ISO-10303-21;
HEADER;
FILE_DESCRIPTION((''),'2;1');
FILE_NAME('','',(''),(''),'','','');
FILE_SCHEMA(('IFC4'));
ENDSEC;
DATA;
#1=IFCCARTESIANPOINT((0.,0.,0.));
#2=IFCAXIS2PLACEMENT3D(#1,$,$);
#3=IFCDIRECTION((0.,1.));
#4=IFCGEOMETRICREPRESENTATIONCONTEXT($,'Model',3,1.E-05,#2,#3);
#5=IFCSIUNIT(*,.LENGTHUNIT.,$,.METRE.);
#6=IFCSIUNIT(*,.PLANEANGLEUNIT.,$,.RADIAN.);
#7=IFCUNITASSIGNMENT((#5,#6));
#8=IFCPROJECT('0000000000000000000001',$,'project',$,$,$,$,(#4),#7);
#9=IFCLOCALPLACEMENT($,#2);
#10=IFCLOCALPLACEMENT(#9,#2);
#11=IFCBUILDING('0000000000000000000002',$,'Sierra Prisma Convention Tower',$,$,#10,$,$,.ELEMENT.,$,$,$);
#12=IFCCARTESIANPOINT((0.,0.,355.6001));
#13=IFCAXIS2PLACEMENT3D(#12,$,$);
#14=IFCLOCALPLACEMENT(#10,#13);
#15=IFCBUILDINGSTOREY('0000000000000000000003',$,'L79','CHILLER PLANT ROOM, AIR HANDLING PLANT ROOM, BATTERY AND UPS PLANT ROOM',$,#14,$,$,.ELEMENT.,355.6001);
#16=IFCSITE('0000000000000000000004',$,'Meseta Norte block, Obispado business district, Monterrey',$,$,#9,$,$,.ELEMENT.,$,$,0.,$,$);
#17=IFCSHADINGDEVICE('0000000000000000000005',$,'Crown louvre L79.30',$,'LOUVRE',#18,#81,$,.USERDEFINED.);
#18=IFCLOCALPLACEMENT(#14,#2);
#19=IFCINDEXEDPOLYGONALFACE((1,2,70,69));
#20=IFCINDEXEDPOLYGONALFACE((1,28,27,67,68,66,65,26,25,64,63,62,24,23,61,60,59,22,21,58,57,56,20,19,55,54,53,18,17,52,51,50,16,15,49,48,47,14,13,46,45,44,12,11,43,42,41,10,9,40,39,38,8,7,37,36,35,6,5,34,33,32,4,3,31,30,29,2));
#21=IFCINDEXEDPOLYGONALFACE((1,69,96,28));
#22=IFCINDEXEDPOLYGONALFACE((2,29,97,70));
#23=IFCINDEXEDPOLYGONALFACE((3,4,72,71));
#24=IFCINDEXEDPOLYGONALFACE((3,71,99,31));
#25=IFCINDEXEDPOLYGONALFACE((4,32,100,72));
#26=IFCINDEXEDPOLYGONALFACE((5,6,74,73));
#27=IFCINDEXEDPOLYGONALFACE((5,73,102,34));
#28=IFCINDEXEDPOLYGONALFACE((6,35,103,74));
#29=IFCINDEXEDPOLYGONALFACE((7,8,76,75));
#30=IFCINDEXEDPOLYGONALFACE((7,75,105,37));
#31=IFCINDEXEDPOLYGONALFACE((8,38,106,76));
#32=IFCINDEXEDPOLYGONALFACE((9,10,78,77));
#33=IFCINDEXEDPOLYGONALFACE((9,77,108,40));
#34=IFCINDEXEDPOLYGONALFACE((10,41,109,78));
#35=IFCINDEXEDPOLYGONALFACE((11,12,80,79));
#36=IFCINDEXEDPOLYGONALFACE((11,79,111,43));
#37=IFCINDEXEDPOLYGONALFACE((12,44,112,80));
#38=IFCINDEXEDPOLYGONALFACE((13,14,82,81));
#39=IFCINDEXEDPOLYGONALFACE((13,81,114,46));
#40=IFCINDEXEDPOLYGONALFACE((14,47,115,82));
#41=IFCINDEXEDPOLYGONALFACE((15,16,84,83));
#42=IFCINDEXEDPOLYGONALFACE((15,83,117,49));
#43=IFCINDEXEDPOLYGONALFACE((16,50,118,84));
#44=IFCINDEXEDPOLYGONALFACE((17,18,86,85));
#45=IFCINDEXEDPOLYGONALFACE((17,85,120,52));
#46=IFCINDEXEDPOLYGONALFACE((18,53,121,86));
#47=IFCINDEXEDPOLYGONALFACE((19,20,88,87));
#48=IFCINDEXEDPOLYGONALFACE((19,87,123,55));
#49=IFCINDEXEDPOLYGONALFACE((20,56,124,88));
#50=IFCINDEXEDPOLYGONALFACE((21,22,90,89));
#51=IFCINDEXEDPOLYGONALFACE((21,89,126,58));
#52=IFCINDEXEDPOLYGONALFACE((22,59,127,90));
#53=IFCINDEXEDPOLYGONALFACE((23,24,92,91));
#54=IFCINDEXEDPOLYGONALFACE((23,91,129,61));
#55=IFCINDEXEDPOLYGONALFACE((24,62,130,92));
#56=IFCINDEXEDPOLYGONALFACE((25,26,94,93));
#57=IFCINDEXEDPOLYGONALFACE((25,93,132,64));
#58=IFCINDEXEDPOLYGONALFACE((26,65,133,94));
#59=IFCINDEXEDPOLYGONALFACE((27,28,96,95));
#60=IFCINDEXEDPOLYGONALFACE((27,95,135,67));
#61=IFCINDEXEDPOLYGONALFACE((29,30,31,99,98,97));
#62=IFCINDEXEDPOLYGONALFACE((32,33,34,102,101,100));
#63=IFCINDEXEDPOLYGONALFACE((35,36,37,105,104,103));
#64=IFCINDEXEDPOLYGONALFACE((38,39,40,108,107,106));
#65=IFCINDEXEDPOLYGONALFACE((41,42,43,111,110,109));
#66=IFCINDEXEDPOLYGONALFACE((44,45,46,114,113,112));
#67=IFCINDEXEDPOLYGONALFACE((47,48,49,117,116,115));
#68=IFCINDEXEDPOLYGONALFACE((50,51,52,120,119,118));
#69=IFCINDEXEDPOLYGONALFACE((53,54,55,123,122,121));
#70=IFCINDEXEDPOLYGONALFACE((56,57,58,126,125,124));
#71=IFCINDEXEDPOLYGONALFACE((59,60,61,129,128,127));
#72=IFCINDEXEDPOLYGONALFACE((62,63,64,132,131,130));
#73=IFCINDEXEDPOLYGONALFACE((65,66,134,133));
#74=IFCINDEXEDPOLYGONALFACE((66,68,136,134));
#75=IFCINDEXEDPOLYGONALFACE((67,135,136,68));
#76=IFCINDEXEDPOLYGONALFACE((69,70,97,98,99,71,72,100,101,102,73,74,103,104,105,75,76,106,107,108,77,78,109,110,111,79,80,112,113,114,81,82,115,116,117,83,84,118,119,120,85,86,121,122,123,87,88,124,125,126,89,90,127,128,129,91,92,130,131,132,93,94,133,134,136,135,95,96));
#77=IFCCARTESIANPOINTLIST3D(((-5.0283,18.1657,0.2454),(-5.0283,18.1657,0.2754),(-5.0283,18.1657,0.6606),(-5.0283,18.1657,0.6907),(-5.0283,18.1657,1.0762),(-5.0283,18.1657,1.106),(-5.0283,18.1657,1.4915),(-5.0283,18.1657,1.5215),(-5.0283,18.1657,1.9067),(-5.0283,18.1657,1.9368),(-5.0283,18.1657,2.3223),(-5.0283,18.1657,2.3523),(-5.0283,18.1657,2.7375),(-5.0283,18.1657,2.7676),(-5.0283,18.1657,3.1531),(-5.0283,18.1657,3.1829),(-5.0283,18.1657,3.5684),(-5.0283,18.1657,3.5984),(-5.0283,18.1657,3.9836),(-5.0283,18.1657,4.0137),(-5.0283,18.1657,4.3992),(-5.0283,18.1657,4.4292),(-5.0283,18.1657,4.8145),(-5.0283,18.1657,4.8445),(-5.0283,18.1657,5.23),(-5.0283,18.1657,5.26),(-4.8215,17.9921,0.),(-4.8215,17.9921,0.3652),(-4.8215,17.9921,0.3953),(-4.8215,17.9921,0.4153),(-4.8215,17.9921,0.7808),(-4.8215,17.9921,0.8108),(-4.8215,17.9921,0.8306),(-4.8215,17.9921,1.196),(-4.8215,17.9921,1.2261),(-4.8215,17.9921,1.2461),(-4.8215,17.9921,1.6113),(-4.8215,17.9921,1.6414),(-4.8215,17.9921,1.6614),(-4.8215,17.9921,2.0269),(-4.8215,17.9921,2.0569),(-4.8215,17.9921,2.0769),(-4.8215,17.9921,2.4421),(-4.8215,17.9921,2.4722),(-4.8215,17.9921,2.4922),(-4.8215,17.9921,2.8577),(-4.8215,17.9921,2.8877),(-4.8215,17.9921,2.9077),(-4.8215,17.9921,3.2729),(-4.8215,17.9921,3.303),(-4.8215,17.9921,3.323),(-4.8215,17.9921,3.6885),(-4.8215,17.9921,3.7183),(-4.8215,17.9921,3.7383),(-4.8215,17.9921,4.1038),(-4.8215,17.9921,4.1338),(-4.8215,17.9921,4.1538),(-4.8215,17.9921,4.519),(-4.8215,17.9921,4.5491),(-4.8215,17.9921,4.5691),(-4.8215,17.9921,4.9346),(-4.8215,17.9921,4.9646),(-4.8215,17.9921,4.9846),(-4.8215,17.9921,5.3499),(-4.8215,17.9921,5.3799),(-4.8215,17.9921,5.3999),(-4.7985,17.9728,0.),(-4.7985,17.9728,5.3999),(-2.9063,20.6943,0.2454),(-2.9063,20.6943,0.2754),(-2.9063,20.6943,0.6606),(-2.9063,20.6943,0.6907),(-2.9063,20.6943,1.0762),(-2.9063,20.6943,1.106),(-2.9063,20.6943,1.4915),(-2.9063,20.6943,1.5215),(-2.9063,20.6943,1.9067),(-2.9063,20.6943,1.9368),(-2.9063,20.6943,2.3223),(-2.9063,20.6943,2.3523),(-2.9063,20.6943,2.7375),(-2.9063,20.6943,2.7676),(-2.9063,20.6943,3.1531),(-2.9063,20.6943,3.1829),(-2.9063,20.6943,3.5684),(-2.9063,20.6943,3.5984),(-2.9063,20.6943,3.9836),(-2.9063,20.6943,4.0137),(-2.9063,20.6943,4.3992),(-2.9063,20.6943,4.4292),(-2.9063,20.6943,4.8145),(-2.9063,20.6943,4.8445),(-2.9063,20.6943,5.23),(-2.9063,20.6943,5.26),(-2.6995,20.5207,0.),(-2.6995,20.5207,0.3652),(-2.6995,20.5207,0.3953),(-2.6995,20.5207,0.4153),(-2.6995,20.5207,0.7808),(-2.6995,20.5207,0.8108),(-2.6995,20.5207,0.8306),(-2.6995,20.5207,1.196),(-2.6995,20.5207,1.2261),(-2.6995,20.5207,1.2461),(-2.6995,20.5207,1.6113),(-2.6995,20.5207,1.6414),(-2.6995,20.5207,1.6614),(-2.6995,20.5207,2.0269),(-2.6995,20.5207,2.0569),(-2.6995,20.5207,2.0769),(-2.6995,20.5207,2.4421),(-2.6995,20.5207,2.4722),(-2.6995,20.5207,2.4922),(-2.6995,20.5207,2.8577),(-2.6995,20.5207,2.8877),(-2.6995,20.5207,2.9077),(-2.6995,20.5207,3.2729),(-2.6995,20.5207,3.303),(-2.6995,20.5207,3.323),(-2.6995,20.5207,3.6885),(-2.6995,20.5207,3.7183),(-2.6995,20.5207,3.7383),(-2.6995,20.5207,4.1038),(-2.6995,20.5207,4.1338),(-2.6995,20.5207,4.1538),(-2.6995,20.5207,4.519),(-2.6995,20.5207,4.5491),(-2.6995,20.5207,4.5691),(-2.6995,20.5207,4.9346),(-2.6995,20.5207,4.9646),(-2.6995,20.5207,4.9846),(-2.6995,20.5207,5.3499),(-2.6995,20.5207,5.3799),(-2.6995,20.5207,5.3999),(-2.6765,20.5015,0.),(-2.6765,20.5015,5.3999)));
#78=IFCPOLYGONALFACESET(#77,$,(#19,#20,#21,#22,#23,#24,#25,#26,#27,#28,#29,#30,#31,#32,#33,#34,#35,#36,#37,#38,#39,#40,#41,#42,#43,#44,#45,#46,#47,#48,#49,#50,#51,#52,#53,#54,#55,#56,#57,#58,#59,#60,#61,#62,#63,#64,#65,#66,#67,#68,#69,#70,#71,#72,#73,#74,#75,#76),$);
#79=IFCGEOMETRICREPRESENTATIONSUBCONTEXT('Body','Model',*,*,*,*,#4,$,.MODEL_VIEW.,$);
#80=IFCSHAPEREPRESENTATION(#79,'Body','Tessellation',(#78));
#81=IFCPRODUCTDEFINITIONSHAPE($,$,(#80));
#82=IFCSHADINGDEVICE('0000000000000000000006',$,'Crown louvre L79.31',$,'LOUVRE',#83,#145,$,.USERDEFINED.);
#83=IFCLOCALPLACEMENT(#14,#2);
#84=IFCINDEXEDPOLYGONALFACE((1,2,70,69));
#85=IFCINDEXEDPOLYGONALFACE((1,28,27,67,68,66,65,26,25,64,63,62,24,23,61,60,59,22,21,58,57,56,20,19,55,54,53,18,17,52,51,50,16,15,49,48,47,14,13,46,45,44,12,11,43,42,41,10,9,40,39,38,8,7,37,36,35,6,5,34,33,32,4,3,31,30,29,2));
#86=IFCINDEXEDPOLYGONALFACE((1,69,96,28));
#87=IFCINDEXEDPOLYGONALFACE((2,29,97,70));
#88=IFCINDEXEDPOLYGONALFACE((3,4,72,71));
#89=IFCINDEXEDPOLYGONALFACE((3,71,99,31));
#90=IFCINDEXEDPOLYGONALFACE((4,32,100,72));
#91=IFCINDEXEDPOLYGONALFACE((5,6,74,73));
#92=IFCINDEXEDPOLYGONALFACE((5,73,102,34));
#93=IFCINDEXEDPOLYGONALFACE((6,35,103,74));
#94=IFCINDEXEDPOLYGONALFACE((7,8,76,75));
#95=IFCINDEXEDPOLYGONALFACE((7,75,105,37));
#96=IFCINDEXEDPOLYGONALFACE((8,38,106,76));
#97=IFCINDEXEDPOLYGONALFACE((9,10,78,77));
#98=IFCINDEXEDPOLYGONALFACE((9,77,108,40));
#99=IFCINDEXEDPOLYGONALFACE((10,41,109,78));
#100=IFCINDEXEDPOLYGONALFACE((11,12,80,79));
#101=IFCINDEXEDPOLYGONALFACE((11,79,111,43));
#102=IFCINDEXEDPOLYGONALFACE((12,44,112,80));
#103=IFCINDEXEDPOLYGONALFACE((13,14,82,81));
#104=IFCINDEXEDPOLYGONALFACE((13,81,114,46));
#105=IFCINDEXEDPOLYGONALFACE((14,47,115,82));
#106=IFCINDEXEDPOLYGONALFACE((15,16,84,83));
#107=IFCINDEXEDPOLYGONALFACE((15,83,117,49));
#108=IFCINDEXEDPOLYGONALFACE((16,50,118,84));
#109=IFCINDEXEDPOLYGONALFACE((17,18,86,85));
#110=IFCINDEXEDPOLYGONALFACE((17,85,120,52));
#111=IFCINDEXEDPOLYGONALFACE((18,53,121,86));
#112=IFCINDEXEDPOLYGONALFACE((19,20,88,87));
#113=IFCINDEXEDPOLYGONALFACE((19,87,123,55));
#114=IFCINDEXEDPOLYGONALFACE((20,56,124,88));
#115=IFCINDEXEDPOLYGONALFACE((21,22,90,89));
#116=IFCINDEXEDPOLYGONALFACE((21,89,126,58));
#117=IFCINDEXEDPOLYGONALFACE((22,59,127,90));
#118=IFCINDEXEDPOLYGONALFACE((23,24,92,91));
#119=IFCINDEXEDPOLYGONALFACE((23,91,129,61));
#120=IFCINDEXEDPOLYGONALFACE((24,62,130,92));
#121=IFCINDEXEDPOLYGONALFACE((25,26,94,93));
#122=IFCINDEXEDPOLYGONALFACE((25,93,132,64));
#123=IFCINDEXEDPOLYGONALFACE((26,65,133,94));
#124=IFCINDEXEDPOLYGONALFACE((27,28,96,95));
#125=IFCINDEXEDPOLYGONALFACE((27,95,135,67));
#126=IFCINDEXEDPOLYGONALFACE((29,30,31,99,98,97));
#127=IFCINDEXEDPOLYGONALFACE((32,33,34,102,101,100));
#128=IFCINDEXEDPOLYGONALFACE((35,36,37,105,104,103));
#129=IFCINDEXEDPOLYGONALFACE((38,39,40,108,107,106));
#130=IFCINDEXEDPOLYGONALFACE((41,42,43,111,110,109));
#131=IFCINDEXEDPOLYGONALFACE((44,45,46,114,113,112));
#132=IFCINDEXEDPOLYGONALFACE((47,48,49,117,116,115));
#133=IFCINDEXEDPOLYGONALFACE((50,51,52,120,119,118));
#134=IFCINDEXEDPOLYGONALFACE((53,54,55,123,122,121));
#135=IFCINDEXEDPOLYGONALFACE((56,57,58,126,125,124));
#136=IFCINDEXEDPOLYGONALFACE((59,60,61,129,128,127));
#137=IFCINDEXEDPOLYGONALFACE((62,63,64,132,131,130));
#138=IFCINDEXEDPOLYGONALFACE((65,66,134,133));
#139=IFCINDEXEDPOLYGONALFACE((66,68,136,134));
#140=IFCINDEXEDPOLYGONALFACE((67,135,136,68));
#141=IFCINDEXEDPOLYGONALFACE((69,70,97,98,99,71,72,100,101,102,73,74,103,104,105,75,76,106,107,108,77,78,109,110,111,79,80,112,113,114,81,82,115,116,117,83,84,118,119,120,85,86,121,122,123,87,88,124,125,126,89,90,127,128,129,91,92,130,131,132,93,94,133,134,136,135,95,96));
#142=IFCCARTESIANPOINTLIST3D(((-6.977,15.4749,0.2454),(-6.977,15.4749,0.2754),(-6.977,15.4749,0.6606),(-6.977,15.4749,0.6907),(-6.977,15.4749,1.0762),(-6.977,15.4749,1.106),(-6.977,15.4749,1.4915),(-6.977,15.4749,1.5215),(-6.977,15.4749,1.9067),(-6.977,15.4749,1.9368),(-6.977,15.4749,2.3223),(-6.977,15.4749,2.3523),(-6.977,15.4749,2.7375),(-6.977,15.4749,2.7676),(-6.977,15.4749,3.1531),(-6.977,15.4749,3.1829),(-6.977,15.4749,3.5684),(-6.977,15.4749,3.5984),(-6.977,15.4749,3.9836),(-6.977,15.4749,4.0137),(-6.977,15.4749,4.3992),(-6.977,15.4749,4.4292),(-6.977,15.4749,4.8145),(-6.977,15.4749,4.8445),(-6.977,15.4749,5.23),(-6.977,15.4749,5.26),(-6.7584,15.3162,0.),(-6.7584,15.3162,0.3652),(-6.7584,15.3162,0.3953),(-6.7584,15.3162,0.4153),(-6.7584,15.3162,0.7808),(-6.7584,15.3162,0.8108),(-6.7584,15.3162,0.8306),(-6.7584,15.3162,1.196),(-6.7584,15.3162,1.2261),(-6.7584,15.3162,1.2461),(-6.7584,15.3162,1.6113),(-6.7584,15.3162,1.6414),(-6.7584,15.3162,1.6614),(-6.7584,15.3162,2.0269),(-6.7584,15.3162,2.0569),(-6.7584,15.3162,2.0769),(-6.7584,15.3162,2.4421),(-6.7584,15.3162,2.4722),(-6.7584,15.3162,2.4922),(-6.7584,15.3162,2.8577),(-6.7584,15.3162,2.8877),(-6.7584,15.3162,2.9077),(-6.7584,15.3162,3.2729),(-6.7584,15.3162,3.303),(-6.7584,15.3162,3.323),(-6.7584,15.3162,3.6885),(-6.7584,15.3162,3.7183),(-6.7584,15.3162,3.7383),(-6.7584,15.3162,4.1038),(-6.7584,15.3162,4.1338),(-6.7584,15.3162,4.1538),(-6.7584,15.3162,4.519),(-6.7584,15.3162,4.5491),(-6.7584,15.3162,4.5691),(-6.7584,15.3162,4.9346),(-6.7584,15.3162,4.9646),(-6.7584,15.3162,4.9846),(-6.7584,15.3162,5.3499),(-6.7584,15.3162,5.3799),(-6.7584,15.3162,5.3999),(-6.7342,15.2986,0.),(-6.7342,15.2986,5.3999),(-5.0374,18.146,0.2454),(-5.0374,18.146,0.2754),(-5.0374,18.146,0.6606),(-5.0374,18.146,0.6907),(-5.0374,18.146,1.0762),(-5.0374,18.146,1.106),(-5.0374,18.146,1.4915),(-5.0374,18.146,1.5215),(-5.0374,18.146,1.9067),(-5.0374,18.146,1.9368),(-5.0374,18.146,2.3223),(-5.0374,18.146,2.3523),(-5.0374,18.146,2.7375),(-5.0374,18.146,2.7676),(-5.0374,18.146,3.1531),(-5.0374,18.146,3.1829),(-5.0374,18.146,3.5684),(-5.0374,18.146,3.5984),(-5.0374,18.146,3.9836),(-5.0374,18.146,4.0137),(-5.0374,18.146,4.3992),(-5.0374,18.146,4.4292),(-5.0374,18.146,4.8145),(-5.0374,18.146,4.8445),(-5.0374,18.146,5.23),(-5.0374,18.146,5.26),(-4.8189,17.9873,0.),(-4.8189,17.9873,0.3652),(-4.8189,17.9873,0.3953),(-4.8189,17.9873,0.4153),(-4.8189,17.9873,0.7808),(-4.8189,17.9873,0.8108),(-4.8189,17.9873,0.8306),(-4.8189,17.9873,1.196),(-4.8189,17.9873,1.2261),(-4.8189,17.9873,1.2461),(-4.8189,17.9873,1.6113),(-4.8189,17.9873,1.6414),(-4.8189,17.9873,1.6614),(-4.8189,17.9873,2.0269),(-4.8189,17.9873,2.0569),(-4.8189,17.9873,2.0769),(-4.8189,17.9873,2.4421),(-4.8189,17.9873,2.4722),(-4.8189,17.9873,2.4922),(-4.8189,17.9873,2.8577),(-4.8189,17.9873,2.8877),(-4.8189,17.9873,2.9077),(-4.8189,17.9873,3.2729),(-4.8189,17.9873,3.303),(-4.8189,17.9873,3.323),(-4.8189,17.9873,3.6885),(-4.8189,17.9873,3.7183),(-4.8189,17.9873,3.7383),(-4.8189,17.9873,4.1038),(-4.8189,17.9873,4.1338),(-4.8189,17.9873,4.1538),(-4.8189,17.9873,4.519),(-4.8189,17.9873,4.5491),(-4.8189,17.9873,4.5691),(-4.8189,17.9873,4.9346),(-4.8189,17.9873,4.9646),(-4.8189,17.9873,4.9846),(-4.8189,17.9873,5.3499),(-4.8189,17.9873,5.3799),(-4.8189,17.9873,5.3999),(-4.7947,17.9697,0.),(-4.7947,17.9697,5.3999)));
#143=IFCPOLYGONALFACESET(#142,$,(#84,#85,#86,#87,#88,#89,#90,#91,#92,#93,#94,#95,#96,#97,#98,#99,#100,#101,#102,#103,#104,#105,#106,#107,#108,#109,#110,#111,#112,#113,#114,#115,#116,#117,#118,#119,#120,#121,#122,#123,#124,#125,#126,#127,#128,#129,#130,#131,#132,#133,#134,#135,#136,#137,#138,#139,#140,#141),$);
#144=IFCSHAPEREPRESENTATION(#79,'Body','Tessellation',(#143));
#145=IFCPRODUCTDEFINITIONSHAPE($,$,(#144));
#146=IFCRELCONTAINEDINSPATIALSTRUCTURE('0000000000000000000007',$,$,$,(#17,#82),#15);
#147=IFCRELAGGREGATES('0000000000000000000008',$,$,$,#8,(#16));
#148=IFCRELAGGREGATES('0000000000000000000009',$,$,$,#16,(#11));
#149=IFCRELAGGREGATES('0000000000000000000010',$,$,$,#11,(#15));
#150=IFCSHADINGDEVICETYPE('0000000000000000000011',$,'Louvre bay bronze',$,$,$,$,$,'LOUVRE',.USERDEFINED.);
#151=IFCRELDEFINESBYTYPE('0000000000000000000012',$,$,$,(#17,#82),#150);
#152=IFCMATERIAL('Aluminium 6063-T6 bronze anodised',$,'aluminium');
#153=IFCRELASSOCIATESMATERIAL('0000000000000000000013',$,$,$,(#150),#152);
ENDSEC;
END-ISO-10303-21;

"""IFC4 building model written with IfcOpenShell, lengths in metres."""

from ifc_helpers import new_model, si_unit, direction, frame, origin, place, context, subcontext, project, spatial, polyline, outline, extrude, material, type_object, element, save


model = new_model("IFC4")

# Units and contexts
model_context = context("Model", 3, precision=1e-05, world=origin(), true_north=direction((0.0, 1.0)))
body_context = subcontext(model_context, "Body", "Model", "MODEL_VIEW")
ifc_project = project(units=[si_unit("LENGTHUNIT", "METRE"), si_unit("PLANEANGLEUNIT", "RADIAN")], contexts=[model_context])

# Site, building, storey
site_placement = place(None, origin())
site = spatial("IfcSite", under=ifc_project, at=site_placement, Name="Meseta Norte block, Obispado business district, Monterrey", CompositionType="ELEMENT", RefElevation=0.0)
building_placement = place(site_placement, origin())
building = spatial("IfcBuilding", under=site, at=building_placement, Name="Sierra Prisma Convention Tower", CompositionType="ELEMENT")
storey_placement = place(building_placement, frame((0.0, 0.0, 355.6001)))
storey = spatial("IfcBuildingStorey", under=building, at=storey_placement, Name="L79", Description="CHILLER PLANT ROOM, AIR HANDLING PLANT ROOM, BATTERY AND UPS PLANT ROOM", CompositionType="ELEMENT", Elevation=355.6001)

# Shading devices
ifc_material_1 = material(Name="Aluminium 6063-T6 bronze anodised", Category="aluminium")
shading_device_type = type_object("IfcShadingDeviceType", Name="Louvre bay bronze", ElementType="LOUVRE", PredefinedType="USERDEFINED", material=ifc_material_1)
shading_device_1_placement = place(storey_placement, frame((-2.6765, 20.5015, 0.0), z_axis=(0.642823, 0.766015, 0.0), x_axis=(0.0, 0.0, 1.0)))
element("IfcShadingDevice", 1, at=shading_device_1_placement, inside=storey, type_object=shading_device_type, Name="Crown louvre L79.30", ObjectType="LOUVRE", PredefinedType="USERDEFINED", context=body_context, shape_type="SweptSolid", body=[
    extrude(outline(polyline([(0.0, 0.0), (5.3999, 0.0), (5.3999, -0.03), (5.3799, -0.03), (5.26, -0.3), (5.23, -0.3), (5.3499, -0.03), (4.9846, -0.03), (4.9646, -0.03), (4.8445, -0.3), (4.8145, -0.3), (4.9346, -0.03), (4.5691, -0.03), (4.5491, -0.03), (4.4292, -0.3), (4.3992, -0.3), (4.519, -0.03), (4.1538, -0.03), (4.1338, -0.03), (4.0137, -0.3), (3.9836, -0.3), (4.1038, -0.03), (3.7383, -0.03), (3.7183, -0.03), (3.5984, -0.3), (3.5684, -0.3), (3.6885, -0.03), (3.323, -0.03), (3.303, -0.03), (3.1829, -0.3), (3.1531, -0.3), (3.2729, -0.03), (2.9077, -0.03), (2.8877, -0.03), (2.7676, -0.3), (2.7375, -0.3), (2.8577, -0.03), (2.4922, -0.03), (2.4722, -0.03), (2.3523, -0.3), (2.3223, -0.3), (2.4421, -0.03), (2.0769, -0.03), (2.0569, -0.03), (1.9368, -0.3), (1.9067, -0.3), (2.0269, -0.03), (1.6614, -0.03), (1.6414, -0.03), (1.5215, -0.3), (1.4915, -0.3), (1.6113, -0.03), (1.2461, -0.03), (1.2261, -0.03), (1.106, -0.3), (1.0762, -0.3), (1.196, -0.03), (0.8306, -0.03), (0.8108, -0.03), (0.6907, -0.3), (0.6606, -0.3), (0.7808, -0.03), (0.4153, -0.03), (0.3953, -0.03), (0.2754, -0.3), (0.2454, -0.3), (0.3652, -0.03), (0.0, -0.03), (0.0, 0.0)])), origin(), (0.0, 0.0, -1.0), 3.301),
])
shading_device_2_placement = place(storey_placement, frame((-4.7947, 17.9697, 0.0), z_axis=(0.587556, 0.809184, 0.0), x_axis=(0.0, 0.0, 1.0)))
element("IfcShadingDevice", 2, at=shading_device_2_placement, inside=storey, type_object=shading_device_type, Name="Crown louvre L79.31", ObjectType="LOUVRE", PredefinedType="USERDEFINED", context=body_context, shape_type="SweptSolid", body=[
    extrude(outline(polyline([(0.0, 0.0), (5.3999, 0.0), (5.3999, -0.0299), (5.3799, -0.0299), (5.26, -0.3), (5.23, -0.3), (5.3499, -0.0299), (4.9846, -0.0299), (4.9646, -0.0299), (4.8445, -0.3), (4.8145, -0.3), (4.9346, -0.0299), (4.5691, -0.0299), (4.5491, -0.0299), (4.4292, -0.3), (4.3992, -0.3), (4.519, -0.0299), (4.1538, -0.0299), (4.1338, -0.0299), (4.0137, -0.3), (3.9836, -0.3), (4.1038, -0.0299), (3.7383, -0.0299), (3.7183, -0.0299), (3.5984, -0.3), (3.5684, -0.3), (3.6885, -0.0299), (3.323, -0.0299), (3.303, -0.0299), (3.1829, -0.3), (3.1531, -0.3), (3.2729, -0.0299), (2.9077, -0.0299), (2.8877, -0.0299), (2.7676, -0.3), (2.7375, -0.3), (2.8577, -0.0299), (2.4922, -0.0299), (2.4722, -0.0299), (2.3523, -0.3), (2.3223, -0.3), (2.4421, -0.0299), (2.0769, -0.0299), (2.0569, -0.0299), (1.9368, -0.3), (1.9067, -0.3), (2.0269, -0.0299), (1.6614, -0.0299), (1.6414, -0.0299), (1.5215, -0.3), (1.4915, -0.3), (1.6113, -0.0299), (1.2461, -0.0299), (1.2261, -0.0299), (1.106, -0.3), (1.0762, -0.3), (1.196, -0.0299), (0.8306, -0.0299), (0.8108, -0.0299), (0.6907, -0.3), (0.6606, -0.3), (0.7808, -0.0299), (0.4153, -0.0299), (0.3953, -0.0299), (0.2754, -0.3), (0.2454, -0.3), (0.3652, -0.0299), (0.0, -0.0299), (0.0, 0.0)])), origin(), (0.0, 0.0, -1.0), 3.301),
])

save(model, "model.ifc")
